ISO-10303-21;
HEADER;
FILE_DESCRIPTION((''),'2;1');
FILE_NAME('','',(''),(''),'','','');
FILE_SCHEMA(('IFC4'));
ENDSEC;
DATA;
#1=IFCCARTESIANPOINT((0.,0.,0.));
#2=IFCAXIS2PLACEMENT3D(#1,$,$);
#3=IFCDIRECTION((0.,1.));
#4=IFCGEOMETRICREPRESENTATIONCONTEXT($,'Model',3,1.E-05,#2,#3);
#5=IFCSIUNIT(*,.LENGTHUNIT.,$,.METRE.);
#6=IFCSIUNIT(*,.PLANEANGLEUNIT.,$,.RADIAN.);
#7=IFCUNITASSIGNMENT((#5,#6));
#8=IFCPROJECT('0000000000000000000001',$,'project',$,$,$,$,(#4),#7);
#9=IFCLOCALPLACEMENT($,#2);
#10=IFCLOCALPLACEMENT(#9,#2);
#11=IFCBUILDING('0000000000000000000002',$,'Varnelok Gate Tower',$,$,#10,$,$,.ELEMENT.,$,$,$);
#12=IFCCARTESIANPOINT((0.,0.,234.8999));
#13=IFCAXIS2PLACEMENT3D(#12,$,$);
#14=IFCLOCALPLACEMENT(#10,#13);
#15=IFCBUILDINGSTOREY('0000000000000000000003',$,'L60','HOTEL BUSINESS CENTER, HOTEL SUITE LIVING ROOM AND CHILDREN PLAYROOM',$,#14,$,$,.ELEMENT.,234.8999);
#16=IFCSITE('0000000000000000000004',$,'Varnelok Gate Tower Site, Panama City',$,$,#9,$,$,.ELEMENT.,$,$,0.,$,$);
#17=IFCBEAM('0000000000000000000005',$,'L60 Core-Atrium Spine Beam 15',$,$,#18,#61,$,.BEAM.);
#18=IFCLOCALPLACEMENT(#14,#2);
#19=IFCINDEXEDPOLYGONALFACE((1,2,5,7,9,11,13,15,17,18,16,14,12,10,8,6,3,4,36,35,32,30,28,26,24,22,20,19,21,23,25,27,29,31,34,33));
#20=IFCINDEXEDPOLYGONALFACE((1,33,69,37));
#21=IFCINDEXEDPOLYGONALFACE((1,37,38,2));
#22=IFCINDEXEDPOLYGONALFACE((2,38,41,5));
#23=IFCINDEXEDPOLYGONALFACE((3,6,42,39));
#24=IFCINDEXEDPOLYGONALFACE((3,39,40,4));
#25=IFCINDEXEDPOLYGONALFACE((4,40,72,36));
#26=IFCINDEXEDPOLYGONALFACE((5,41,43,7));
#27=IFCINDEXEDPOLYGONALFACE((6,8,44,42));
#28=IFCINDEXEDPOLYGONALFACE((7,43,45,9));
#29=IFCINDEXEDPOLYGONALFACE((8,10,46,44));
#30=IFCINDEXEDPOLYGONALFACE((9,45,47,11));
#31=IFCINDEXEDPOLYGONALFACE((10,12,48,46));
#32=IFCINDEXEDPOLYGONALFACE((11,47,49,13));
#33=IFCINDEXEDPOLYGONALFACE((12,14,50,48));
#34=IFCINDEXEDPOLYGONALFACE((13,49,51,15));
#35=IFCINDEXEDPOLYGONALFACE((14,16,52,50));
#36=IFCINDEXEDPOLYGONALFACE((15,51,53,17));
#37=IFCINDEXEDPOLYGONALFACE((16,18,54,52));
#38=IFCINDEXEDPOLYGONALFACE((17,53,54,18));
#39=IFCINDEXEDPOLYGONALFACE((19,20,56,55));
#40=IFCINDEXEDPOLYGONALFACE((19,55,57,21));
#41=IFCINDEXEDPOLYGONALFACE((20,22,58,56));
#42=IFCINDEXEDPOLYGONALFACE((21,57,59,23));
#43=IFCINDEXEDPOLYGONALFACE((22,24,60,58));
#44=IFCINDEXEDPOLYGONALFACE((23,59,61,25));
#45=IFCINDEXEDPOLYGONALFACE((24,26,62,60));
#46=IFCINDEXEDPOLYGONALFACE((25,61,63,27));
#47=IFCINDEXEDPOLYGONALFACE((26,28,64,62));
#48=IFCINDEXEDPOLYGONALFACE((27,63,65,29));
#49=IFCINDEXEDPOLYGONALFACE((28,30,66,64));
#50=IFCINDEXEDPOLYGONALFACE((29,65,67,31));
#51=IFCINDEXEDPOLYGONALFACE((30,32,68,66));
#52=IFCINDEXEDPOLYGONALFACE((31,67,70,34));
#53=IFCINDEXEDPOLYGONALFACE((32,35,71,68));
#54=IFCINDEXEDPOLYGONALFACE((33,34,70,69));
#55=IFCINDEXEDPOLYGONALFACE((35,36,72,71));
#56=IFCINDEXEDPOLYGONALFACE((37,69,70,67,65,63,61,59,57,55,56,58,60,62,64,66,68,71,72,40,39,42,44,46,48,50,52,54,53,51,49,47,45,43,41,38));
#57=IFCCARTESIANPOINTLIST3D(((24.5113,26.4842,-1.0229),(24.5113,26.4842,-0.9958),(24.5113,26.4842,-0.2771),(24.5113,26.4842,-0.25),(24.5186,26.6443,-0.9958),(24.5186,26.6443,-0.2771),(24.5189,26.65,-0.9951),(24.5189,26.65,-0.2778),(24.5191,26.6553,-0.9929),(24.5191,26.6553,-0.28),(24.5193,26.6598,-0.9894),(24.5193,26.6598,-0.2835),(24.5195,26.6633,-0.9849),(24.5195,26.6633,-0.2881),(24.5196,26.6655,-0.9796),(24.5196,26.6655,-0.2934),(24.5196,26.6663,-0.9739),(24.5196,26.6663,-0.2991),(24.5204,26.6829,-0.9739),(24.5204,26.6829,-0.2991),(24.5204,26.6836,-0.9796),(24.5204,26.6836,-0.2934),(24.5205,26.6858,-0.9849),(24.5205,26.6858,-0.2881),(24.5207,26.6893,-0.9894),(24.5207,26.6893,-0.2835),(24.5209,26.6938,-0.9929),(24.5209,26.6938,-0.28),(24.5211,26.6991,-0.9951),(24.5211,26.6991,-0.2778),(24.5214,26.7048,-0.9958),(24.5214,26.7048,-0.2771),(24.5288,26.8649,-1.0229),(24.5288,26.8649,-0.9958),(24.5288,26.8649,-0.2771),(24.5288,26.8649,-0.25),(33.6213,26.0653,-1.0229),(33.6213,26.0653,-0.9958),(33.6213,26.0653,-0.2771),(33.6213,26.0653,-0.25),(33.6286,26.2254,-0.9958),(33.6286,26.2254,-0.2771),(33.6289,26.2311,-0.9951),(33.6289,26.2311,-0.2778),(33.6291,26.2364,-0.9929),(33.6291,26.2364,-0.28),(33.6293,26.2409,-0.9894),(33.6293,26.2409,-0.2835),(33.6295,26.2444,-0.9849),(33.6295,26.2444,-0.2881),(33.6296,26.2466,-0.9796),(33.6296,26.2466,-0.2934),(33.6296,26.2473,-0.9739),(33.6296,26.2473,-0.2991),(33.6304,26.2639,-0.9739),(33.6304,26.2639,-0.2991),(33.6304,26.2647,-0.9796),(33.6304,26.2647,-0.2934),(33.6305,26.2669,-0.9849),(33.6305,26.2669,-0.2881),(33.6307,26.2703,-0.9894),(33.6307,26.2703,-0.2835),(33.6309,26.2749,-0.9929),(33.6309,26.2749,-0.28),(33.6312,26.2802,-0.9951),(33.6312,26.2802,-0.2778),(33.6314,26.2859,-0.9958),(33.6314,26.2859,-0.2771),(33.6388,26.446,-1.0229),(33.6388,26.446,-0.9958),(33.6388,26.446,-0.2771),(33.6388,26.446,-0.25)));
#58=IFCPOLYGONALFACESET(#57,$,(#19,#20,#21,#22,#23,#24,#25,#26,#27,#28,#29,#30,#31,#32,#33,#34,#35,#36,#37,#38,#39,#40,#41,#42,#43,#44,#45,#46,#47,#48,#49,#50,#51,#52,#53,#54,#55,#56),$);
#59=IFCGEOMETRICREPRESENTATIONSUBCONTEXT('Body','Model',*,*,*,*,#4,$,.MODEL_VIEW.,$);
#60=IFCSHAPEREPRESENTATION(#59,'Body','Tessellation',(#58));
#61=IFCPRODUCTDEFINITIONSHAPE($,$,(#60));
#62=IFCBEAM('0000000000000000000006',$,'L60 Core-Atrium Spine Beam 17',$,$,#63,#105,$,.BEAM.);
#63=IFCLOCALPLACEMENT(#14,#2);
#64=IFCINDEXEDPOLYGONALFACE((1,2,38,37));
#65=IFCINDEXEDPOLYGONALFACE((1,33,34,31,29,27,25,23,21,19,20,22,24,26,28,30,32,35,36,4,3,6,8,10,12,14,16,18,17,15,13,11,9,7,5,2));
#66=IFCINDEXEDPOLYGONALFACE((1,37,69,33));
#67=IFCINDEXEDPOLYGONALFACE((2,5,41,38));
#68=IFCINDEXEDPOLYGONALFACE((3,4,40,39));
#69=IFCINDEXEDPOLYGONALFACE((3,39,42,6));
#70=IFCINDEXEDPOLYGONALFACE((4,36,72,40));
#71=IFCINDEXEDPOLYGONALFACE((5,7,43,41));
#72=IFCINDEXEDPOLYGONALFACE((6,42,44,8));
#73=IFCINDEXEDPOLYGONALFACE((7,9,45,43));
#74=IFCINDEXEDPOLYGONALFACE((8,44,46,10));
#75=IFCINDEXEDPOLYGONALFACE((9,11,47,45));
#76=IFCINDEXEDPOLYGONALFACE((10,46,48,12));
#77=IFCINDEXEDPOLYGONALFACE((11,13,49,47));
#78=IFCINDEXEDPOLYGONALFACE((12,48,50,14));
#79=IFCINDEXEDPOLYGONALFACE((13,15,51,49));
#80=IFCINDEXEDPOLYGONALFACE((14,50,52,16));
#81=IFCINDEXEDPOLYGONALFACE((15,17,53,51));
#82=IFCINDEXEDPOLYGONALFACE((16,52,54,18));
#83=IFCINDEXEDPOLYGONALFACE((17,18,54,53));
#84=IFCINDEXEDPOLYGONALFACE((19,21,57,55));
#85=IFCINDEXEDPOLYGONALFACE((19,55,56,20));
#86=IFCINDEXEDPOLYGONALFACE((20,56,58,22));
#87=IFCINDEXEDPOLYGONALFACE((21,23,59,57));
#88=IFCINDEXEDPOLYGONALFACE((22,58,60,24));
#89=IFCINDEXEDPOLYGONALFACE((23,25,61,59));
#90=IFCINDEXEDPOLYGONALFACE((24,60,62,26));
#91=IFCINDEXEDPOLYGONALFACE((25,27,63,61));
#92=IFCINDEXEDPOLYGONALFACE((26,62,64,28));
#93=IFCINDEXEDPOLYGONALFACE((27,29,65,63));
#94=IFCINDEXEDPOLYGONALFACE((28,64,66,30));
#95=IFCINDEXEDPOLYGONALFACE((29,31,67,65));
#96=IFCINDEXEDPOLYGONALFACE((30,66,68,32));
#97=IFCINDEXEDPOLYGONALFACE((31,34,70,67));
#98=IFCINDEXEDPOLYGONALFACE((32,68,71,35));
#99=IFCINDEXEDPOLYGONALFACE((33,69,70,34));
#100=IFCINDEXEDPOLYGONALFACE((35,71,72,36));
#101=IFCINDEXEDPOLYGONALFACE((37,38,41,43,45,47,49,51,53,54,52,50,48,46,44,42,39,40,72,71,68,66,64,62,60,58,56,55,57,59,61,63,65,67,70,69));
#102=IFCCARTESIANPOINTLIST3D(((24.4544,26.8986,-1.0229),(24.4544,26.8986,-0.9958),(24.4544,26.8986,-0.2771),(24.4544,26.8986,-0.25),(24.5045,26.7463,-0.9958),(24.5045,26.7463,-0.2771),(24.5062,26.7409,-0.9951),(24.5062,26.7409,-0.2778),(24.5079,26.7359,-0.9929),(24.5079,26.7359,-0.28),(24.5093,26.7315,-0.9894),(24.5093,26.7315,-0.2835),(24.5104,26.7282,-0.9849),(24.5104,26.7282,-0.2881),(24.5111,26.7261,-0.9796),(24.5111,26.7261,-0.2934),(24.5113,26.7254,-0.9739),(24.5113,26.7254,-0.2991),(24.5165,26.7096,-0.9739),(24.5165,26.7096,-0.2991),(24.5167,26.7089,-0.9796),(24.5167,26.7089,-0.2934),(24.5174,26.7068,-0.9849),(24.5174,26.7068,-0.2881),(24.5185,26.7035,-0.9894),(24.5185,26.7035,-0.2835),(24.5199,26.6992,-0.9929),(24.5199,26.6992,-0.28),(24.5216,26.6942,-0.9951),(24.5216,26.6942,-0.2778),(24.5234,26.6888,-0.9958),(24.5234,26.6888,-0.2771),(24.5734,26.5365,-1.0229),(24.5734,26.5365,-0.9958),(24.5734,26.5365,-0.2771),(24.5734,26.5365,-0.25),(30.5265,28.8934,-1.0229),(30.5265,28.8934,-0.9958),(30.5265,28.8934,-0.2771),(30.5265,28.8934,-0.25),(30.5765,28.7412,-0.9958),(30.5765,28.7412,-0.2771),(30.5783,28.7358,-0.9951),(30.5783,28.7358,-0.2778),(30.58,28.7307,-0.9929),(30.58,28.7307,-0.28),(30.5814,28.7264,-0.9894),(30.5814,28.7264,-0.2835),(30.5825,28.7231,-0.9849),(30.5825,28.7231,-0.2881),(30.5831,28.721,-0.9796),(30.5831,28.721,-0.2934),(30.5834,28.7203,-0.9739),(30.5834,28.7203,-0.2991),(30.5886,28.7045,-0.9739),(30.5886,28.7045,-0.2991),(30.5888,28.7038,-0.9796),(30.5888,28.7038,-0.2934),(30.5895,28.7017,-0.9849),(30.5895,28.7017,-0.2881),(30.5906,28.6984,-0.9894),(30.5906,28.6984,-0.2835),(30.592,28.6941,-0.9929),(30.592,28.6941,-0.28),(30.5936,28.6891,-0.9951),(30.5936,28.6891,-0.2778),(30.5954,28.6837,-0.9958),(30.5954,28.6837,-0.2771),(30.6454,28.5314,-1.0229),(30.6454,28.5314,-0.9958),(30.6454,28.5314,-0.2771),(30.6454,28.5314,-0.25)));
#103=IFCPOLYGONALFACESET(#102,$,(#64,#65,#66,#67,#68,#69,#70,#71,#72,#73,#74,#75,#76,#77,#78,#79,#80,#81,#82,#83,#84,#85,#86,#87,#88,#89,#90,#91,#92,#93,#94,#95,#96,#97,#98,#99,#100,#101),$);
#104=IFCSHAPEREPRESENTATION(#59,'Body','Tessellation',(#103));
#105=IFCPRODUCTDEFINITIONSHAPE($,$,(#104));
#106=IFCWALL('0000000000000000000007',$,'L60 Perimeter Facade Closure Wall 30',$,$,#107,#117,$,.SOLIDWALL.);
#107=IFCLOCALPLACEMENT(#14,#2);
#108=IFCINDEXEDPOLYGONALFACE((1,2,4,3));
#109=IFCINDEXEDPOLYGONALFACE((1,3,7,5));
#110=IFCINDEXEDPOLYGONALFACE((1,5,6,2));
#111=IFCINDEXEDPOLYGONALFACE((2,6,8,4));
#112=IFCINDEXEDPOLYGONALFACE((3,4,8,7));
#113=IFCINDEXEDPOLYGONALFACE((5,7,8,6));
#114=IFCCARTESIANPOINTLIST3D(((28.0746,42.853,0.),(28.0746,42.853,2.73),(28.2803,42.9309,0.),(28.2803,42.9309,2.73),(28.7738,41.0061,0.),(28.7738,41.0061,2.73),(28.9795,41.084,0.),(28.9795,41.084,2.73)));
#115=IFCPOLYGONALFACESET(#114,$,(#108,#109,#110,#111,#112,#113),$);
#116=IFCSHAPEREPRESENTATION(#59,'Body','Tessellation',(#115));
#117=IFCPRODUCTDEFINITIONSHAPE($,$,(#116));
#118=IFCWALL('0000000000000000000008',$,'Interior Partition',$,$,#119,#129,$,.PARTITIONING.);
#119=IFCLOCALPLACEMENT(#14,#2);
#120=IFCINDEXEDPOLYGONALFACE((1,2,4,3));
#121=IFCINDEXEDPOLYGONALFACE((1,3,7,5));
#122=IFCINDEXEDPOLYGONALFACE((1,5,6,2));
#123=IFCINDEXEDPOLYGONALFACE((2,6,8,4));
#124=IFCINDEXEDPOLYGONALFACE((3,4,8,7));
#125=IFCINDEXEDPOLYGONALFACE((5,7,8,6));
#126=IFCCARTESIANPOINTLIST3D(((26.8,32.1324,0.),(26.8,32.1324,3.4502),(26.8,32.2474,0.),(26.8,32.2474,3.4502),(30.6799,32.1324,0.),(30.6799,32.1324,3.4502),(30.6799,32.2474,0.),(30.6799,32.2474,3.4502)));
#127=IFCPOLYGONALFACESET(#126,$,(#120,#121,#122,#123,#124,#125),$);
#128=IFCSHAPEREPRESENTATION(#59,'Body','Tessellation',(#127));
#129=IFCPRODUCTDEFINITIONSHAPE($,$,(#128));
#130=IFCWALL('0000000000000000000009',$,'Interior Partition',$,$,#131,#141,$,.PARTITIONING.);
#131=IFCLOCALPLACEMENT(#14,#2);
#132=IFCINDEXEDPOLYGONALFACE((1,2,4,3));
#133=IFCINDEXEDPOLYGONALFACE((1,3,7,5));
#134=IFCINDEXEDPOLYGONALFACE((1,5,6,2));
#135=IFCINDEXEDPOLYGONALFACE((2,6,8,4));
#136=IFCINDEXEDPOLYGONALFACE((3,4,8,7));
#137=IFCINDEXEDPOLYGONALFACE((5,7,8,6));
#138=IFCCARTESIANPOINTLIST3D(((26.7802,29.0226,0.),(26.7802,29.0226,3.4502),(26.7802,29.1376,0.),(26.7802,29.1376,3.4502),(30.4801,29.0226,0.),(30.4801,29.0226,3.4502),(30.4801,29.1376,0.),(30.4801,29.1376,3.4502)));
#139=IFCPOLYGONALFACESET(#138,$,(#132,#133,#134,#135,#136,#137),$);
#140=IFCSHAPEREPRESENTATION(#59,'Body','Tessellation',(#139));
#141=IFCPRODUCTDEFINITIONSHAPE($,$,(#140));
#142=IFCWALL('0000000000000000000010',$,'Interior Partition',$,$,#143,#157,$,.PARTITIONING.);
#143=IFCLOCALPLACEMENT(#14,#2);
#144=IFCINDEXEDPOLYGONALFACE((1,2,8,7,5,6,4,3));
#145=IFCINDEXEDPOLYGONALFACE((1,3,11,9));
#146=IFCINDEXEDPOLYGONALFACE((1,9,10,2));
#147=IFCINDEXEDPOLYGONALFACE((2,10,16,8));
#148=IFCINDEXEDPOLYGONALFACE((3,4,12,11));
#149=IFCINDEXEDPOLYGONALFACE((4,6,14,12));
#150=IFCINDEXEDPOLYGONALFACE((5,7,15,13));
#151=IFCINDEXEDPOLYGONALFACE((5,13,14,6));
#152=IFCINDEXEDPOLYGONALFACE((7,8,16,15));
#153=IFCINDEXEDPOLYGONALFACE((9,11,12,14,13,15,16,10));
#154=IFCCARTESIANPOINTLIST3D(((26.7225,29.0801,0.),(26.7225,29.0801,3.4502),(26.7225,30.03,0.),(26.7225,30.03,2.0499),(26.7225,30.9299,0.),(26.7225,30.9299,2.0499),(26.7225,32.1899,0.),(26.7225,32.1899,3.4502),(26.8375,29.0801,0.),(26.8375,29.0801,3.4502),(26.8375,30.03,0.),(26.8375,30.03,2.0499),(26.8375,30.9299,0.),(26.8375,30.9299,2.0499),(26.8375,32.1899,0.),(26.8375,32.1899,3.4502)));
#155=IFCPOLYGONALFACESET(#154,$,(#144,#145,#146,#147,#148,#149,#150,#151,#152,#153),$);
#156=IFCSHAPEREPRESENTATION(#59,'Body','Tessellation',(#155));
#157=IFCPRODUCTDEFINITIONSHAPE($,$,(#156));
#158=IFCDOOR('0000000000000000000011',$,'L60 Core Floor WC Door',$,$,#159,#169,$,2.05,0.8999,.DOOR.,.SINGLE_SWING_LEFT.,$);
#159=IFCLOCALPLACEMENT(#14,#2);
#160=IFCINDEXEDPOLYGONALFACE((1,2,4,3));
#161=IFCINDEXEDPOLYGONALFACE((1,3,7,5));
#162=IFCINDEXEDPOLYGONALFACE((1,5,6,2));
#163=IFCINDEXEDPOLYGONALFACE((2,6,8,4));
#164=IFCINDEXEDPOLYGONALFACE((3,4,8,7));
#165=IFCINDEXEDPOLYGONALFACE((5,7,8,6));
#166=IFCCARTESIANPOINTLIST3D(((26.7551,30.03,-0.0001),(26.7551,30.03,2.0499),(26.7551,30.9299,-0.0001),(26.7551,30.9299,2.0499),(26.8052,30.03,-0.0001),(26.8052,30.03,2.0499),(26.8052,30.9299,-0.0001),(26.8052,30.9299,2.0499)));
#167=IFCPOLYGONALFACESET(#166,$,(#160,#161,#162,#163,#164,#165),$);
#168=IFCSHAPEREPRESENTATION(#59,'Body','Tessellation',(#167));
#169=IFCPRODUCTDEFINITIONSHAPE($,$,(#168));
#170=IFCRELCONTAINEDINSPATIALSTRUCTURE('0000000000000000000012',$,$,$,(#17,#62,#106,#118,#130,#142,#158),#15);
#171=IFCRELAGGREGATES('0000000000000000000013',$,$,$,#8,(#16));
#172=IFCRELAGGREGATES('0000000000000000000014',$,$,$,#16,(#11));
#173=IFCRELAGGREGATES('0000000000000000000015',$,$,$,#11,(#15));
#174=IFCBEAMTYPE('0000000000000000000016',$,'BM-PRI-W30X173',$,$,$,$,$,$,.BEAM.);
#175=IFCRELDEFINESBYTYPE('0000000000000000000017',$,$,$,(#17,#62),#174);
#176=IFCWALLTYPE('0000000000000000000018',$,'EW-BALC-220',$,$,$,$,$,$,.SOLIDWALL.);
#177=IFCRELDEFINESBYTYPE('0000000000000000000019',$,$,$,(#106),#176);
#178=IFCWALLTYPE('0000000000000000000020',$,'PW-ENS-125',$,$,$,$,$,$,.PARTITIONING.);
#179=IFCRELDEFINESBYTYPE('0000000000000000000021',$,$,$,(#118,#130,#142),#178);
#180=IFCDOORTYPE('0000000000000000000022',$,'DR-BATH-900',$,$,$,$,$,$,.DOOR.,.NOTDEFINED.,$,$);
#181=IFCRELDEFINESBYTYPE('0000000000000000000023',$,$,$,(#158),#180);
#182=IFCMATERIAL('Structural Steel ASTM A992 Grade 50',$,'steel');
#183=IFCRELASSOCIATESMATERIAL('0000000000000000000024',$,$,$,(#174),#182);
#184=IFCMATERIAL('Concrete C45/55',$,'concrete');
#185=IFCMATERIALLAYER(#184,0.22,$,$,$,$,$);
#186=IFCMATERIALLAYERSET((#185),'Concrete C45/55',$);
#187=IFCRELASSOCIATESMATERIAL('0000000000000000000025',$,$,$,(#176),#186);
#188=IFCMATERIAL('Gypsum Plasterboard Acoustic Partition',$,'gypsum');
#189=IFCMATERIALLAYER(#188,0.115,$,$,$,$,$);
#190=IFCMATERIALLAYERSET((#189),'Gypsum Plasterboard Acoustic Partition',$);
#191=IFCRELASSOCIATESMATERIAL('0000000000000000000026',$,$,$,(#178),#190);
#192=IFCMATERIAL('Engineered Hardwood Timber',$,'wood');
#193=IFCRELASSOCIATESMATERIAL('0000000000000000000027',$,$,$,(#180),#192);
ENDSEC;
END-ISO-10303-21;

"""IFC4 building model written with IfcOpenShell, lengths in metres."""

from ifc_helpers import new_model, si_unit, direction, frame, frame_2d, origin, origin_2d, place, context, subcontext, project, spatial, rectangle, i_section, extrude, material, layer, layer_set, material_profile, profile_set, type_object, element, fill, save


model = new_model("IFC4")

# Units and contexts
model_context = context("Model", 3, precision=1e-05, world=origin(), true_north=direction((0.0, 1.0)))
body_context = subcontext(model_context, "Body", "Model", "MODEL_VIEW")
ifc_project = project(units=[si_unit("LENGTHUNIT", "METRE"), si_unit("PLANEANGLEUNIT", "RADIAN")], contexts=[model_context])

# Site, building, storey
site_placement = place(None, origin())
site = spatial("IfcSite", under=ifc_project, at=site_placement, Name="Varnelok Gate Tower Site, Panama City", CompositionType="ELEMENT", RefElevation=0.0)
building_placement = place(site_placement, origin())
building = spatial("IfcBuilding", under=site, at=building_placement, Name="Varnelok Gate Tower", CompositionType="ELEMENT")
storey_placement = place(building_placement, frame((0.0, 0.0, 234.8999)))
storey = spatial("IfcBuildingStorey", under=building, at=storey_placement, Name="L60", Description="HOTEL BUSINESS CENTER, HOTEL SUITE LIVING ROOM AND CHILDREN PLAYROOM", CompositionType="ELEMENT", Elevation=234.8999)

# Shared definitions
ifc_material_1 = material(Name="Structural Steel ASTM A992 Grade 50", Category="steel")

# Beams
ifc_material_profile_1 = material_profile(ifc_material_1, i_section(OverallWidth=0.3811, OverallDepth=0.7729, WebThickness=0.0166, FlangeThickness=0.0271, FilletRadius=0.022, at=origin_2d()), Name="W30X173")
ifc_profile_set_1 = profile_set([ifc_material_profile_1], Name="Structural Steel ASTM A992 Grade 50")
beam_type_1 = type_object("IfcBeamType", Name="BM-PRI-W30X173", PredefinedType="BEAM", material=ifc_profile_set_1)
beam_1_placement = place(storey_placement, frame((24.52, 26.6746, -0.6365), z_axis=(0.998944, -0.045938, 0.0), x_axis=(0.045938, 0.998944, 0.0)))
element("IfcBeam", 1, at=beam_1_placement, inside=storey, type_object=beam_type_1, Name="L60 Core-Atrium Spine Beam 15", PredefinedType="BEAM", context=body_context, shape_type="SweptSolid", body=[
    extrude(i_section(OverallWidth=0.3811, OverallDepth=0.7729, WebThickness=0.0166, FlangeThickness=0.0271, FilletRadius=0.022, at=origin_2d()), origin(), (0.0, 0.0, 1.0), 9.1196),
])
beam_2_placement = place(storey_placement, frame((24.5139, 26.7175, -0.6365), z_axis=(0.950042, 0.312122, 0.0), x_axis=(-0.312122, 0.950042, 0.0)))
element("IfcBeam", 2, at=beam_2_placement, inside=storey, type_object=beam_type_1, Name="L60 Core-Atrium Spine Beam 17", PredefinedType="BEAM", context=body_context, shape_type="SweptSolid", body=[
    extrude(i_section(OverallWidth=0.3811, OverallDepth=0.7729, WebThickness=0.0166, FlangeThickness=0.0271, FilletRadius=0.022, at=origin_2d()), origin(), (0.0, 0.0, 1.0), 6.3914),
])

# Walls
ifc_material_2 = material(Name="Concrete C45/55", Category="concrete")
ifc_layer_1 = layer(ifc_material_2, 0.22)
ifc_layer_set_1 = layer_set([ifc_layer_1], Name="Concrete C45/55")
wall_type_1 = type_object("IfcWallType", Name="EW-BALC-220", PredefinedType="SOLIDWALL", material=ifc_layer_set_1)
wall_1_placement = place(storey_placement, frame((28.1775, 42.8918, 0.0), z_axis=(0.0, 0.0, 1.0), x_axis=(0.354062, -0.935222, 0.0)))
element("IfcWall", 3, at=wall_1_placement, inside=storey, type_object=wall_type_1, Name="L60 Perimeter Facade Closure Wall 30", PredefinedType="SOLIDWALL", context=body_context, shape_type="SweptSolid", body=[
    extrude(rectangle(XDim=1.9749, YDim=0.22, at=frame_2d((0.9873, 0.0))), origin(), (0.0, 0.0, 1.0), 2.73),
])
ifc_material_3 = material(Name="Gypsum Plasterboard Acoustic Partition", Category="gypsum")
ifc_layer_2 = layer(ifc_material_3, 0.115)
ifc_layer_set_2 = layer_set([ifc_layer_2], Name="Gypsum Plasterboard Acoustic Partition")
wall_type_2 = type_object("IfcWallType", Name="PW-ENS-125", PredefinedType="PARTITIONING", material=ifc_layer_set_2)
wall_2_placement = place(storey_placement, frame((26.8, 32.1899, 0.0), z_axis=(0.0, 0.0, 1.0), x_axis=(1.0, 0.0, 0.0)))
element("IfcWall", 4, at=wall_2_placement, inside=storey, type_object=wall_type_2, Name="Interior Partition", PredefinedType="PARTITIONING", context=body_context, shape_type="SweptSolid", body=[
    extrude(rectangle(XDim=3.8799, YDim=0.115, at=frame_2d((1.9399, 0.0))), origin(), (0.0, 0.0, 1.0), 3.4502),
])
wall_3_placement = place(storey_placement, frame((26.78, 29.0801, 0.0), z_axis=(0.0, 0.0, 1.0), x_axis=(1.0, 0.0, 0.0)))
element("IfcWall", 5, at=wall_3_placement, inside=storey, type_object=wall_type_2, Name="Interior Partition", PredefinedType="PARTITIONING", context=body_context, shape_type="SweptSolid", body=[
    extrude(rectangle(XDim=3.7, YDim=0.115, at=frame_2d((1.8501, 0.0))), origin(), (0.0, 0.0, 1.0), 3.4502),
])

# Wall, opening, door
wall_4_placement = place(storey_placement, frame((26.78, 29.0801, 0.0), z_axis=(0.0, 0.0, 1.0), x_axis=(0.0, 1.0, 0.0)))
wall_4 = element("IfcWall", 6, at=wall_4_placement, inside=storey, type_object=wall_type_2, Name="Interior Partition", PredefinedType="PARTITIONING", context=body_context, shape_type="SweptSolid", body=[
    extrude(rectangle(XDim=3.1099, YDim=0.115, at=frame_2d((1.5549, 0.0))), origin(), (0.0, 0.0, 1.0), 3.4502),
])
opening_1_placement = place(wall_4_placement, frame((0.95, 0.0, 0.0)))
opening_1 = element("IfcOpeningElement", 7, at=opening_1_placement, cuts=wall_4, PredefinedType="OPENING", context=body_context, shape_type="SweptSolid", body=[
    extrude(rectangle(XDim=0.8999, YDim=2.05, at=frame_2d((0.45, 1.0249))), frame((0.0, 0.0674, 0.0), z_axis=(0.0, -1.0, 0.0), x_axis=(1.0, 0.0, 0.0)), (0.0, 0.0, 1.0), 0.135),
])
ifc_material_4 = material(Name="Engineered Hardwood Timber", Category="wood")
door_type_1 = type_object("IfcDoorType", Name="DR-BATH-900", OperationType="NOTDEFINED", PredefinedType="DOOR", material=ifc_material_4)
door_1_placement = place(opening_1_placement, origin())
door_1 = element("IfcDoor", 8, at=door_1_placement, inside=storey, type_object=door_type_1, Name="L60 Core Floor WC Door", OperationType="SINGLE_SWING_LEFT", OverallHeight=2.05, OverallWidth=0.8999, PredefinedType="DOOR", context=body_context, shape_type="SweptSolid", body=[
    extrude(rectangle(XDim=0.8999, YDim=2.05, at=frame_2d((0.45, 1.0249))), frame((0.0, 0.0249, 0.0), z_axis=(0.0, -1.0, 0.0), x_axis=(1.0, 0.0, 0.0)), (0.0, 0.0, 1.0), 0.05),
])
fill(opening_1, door_1)

save(model, "model.ifc")
